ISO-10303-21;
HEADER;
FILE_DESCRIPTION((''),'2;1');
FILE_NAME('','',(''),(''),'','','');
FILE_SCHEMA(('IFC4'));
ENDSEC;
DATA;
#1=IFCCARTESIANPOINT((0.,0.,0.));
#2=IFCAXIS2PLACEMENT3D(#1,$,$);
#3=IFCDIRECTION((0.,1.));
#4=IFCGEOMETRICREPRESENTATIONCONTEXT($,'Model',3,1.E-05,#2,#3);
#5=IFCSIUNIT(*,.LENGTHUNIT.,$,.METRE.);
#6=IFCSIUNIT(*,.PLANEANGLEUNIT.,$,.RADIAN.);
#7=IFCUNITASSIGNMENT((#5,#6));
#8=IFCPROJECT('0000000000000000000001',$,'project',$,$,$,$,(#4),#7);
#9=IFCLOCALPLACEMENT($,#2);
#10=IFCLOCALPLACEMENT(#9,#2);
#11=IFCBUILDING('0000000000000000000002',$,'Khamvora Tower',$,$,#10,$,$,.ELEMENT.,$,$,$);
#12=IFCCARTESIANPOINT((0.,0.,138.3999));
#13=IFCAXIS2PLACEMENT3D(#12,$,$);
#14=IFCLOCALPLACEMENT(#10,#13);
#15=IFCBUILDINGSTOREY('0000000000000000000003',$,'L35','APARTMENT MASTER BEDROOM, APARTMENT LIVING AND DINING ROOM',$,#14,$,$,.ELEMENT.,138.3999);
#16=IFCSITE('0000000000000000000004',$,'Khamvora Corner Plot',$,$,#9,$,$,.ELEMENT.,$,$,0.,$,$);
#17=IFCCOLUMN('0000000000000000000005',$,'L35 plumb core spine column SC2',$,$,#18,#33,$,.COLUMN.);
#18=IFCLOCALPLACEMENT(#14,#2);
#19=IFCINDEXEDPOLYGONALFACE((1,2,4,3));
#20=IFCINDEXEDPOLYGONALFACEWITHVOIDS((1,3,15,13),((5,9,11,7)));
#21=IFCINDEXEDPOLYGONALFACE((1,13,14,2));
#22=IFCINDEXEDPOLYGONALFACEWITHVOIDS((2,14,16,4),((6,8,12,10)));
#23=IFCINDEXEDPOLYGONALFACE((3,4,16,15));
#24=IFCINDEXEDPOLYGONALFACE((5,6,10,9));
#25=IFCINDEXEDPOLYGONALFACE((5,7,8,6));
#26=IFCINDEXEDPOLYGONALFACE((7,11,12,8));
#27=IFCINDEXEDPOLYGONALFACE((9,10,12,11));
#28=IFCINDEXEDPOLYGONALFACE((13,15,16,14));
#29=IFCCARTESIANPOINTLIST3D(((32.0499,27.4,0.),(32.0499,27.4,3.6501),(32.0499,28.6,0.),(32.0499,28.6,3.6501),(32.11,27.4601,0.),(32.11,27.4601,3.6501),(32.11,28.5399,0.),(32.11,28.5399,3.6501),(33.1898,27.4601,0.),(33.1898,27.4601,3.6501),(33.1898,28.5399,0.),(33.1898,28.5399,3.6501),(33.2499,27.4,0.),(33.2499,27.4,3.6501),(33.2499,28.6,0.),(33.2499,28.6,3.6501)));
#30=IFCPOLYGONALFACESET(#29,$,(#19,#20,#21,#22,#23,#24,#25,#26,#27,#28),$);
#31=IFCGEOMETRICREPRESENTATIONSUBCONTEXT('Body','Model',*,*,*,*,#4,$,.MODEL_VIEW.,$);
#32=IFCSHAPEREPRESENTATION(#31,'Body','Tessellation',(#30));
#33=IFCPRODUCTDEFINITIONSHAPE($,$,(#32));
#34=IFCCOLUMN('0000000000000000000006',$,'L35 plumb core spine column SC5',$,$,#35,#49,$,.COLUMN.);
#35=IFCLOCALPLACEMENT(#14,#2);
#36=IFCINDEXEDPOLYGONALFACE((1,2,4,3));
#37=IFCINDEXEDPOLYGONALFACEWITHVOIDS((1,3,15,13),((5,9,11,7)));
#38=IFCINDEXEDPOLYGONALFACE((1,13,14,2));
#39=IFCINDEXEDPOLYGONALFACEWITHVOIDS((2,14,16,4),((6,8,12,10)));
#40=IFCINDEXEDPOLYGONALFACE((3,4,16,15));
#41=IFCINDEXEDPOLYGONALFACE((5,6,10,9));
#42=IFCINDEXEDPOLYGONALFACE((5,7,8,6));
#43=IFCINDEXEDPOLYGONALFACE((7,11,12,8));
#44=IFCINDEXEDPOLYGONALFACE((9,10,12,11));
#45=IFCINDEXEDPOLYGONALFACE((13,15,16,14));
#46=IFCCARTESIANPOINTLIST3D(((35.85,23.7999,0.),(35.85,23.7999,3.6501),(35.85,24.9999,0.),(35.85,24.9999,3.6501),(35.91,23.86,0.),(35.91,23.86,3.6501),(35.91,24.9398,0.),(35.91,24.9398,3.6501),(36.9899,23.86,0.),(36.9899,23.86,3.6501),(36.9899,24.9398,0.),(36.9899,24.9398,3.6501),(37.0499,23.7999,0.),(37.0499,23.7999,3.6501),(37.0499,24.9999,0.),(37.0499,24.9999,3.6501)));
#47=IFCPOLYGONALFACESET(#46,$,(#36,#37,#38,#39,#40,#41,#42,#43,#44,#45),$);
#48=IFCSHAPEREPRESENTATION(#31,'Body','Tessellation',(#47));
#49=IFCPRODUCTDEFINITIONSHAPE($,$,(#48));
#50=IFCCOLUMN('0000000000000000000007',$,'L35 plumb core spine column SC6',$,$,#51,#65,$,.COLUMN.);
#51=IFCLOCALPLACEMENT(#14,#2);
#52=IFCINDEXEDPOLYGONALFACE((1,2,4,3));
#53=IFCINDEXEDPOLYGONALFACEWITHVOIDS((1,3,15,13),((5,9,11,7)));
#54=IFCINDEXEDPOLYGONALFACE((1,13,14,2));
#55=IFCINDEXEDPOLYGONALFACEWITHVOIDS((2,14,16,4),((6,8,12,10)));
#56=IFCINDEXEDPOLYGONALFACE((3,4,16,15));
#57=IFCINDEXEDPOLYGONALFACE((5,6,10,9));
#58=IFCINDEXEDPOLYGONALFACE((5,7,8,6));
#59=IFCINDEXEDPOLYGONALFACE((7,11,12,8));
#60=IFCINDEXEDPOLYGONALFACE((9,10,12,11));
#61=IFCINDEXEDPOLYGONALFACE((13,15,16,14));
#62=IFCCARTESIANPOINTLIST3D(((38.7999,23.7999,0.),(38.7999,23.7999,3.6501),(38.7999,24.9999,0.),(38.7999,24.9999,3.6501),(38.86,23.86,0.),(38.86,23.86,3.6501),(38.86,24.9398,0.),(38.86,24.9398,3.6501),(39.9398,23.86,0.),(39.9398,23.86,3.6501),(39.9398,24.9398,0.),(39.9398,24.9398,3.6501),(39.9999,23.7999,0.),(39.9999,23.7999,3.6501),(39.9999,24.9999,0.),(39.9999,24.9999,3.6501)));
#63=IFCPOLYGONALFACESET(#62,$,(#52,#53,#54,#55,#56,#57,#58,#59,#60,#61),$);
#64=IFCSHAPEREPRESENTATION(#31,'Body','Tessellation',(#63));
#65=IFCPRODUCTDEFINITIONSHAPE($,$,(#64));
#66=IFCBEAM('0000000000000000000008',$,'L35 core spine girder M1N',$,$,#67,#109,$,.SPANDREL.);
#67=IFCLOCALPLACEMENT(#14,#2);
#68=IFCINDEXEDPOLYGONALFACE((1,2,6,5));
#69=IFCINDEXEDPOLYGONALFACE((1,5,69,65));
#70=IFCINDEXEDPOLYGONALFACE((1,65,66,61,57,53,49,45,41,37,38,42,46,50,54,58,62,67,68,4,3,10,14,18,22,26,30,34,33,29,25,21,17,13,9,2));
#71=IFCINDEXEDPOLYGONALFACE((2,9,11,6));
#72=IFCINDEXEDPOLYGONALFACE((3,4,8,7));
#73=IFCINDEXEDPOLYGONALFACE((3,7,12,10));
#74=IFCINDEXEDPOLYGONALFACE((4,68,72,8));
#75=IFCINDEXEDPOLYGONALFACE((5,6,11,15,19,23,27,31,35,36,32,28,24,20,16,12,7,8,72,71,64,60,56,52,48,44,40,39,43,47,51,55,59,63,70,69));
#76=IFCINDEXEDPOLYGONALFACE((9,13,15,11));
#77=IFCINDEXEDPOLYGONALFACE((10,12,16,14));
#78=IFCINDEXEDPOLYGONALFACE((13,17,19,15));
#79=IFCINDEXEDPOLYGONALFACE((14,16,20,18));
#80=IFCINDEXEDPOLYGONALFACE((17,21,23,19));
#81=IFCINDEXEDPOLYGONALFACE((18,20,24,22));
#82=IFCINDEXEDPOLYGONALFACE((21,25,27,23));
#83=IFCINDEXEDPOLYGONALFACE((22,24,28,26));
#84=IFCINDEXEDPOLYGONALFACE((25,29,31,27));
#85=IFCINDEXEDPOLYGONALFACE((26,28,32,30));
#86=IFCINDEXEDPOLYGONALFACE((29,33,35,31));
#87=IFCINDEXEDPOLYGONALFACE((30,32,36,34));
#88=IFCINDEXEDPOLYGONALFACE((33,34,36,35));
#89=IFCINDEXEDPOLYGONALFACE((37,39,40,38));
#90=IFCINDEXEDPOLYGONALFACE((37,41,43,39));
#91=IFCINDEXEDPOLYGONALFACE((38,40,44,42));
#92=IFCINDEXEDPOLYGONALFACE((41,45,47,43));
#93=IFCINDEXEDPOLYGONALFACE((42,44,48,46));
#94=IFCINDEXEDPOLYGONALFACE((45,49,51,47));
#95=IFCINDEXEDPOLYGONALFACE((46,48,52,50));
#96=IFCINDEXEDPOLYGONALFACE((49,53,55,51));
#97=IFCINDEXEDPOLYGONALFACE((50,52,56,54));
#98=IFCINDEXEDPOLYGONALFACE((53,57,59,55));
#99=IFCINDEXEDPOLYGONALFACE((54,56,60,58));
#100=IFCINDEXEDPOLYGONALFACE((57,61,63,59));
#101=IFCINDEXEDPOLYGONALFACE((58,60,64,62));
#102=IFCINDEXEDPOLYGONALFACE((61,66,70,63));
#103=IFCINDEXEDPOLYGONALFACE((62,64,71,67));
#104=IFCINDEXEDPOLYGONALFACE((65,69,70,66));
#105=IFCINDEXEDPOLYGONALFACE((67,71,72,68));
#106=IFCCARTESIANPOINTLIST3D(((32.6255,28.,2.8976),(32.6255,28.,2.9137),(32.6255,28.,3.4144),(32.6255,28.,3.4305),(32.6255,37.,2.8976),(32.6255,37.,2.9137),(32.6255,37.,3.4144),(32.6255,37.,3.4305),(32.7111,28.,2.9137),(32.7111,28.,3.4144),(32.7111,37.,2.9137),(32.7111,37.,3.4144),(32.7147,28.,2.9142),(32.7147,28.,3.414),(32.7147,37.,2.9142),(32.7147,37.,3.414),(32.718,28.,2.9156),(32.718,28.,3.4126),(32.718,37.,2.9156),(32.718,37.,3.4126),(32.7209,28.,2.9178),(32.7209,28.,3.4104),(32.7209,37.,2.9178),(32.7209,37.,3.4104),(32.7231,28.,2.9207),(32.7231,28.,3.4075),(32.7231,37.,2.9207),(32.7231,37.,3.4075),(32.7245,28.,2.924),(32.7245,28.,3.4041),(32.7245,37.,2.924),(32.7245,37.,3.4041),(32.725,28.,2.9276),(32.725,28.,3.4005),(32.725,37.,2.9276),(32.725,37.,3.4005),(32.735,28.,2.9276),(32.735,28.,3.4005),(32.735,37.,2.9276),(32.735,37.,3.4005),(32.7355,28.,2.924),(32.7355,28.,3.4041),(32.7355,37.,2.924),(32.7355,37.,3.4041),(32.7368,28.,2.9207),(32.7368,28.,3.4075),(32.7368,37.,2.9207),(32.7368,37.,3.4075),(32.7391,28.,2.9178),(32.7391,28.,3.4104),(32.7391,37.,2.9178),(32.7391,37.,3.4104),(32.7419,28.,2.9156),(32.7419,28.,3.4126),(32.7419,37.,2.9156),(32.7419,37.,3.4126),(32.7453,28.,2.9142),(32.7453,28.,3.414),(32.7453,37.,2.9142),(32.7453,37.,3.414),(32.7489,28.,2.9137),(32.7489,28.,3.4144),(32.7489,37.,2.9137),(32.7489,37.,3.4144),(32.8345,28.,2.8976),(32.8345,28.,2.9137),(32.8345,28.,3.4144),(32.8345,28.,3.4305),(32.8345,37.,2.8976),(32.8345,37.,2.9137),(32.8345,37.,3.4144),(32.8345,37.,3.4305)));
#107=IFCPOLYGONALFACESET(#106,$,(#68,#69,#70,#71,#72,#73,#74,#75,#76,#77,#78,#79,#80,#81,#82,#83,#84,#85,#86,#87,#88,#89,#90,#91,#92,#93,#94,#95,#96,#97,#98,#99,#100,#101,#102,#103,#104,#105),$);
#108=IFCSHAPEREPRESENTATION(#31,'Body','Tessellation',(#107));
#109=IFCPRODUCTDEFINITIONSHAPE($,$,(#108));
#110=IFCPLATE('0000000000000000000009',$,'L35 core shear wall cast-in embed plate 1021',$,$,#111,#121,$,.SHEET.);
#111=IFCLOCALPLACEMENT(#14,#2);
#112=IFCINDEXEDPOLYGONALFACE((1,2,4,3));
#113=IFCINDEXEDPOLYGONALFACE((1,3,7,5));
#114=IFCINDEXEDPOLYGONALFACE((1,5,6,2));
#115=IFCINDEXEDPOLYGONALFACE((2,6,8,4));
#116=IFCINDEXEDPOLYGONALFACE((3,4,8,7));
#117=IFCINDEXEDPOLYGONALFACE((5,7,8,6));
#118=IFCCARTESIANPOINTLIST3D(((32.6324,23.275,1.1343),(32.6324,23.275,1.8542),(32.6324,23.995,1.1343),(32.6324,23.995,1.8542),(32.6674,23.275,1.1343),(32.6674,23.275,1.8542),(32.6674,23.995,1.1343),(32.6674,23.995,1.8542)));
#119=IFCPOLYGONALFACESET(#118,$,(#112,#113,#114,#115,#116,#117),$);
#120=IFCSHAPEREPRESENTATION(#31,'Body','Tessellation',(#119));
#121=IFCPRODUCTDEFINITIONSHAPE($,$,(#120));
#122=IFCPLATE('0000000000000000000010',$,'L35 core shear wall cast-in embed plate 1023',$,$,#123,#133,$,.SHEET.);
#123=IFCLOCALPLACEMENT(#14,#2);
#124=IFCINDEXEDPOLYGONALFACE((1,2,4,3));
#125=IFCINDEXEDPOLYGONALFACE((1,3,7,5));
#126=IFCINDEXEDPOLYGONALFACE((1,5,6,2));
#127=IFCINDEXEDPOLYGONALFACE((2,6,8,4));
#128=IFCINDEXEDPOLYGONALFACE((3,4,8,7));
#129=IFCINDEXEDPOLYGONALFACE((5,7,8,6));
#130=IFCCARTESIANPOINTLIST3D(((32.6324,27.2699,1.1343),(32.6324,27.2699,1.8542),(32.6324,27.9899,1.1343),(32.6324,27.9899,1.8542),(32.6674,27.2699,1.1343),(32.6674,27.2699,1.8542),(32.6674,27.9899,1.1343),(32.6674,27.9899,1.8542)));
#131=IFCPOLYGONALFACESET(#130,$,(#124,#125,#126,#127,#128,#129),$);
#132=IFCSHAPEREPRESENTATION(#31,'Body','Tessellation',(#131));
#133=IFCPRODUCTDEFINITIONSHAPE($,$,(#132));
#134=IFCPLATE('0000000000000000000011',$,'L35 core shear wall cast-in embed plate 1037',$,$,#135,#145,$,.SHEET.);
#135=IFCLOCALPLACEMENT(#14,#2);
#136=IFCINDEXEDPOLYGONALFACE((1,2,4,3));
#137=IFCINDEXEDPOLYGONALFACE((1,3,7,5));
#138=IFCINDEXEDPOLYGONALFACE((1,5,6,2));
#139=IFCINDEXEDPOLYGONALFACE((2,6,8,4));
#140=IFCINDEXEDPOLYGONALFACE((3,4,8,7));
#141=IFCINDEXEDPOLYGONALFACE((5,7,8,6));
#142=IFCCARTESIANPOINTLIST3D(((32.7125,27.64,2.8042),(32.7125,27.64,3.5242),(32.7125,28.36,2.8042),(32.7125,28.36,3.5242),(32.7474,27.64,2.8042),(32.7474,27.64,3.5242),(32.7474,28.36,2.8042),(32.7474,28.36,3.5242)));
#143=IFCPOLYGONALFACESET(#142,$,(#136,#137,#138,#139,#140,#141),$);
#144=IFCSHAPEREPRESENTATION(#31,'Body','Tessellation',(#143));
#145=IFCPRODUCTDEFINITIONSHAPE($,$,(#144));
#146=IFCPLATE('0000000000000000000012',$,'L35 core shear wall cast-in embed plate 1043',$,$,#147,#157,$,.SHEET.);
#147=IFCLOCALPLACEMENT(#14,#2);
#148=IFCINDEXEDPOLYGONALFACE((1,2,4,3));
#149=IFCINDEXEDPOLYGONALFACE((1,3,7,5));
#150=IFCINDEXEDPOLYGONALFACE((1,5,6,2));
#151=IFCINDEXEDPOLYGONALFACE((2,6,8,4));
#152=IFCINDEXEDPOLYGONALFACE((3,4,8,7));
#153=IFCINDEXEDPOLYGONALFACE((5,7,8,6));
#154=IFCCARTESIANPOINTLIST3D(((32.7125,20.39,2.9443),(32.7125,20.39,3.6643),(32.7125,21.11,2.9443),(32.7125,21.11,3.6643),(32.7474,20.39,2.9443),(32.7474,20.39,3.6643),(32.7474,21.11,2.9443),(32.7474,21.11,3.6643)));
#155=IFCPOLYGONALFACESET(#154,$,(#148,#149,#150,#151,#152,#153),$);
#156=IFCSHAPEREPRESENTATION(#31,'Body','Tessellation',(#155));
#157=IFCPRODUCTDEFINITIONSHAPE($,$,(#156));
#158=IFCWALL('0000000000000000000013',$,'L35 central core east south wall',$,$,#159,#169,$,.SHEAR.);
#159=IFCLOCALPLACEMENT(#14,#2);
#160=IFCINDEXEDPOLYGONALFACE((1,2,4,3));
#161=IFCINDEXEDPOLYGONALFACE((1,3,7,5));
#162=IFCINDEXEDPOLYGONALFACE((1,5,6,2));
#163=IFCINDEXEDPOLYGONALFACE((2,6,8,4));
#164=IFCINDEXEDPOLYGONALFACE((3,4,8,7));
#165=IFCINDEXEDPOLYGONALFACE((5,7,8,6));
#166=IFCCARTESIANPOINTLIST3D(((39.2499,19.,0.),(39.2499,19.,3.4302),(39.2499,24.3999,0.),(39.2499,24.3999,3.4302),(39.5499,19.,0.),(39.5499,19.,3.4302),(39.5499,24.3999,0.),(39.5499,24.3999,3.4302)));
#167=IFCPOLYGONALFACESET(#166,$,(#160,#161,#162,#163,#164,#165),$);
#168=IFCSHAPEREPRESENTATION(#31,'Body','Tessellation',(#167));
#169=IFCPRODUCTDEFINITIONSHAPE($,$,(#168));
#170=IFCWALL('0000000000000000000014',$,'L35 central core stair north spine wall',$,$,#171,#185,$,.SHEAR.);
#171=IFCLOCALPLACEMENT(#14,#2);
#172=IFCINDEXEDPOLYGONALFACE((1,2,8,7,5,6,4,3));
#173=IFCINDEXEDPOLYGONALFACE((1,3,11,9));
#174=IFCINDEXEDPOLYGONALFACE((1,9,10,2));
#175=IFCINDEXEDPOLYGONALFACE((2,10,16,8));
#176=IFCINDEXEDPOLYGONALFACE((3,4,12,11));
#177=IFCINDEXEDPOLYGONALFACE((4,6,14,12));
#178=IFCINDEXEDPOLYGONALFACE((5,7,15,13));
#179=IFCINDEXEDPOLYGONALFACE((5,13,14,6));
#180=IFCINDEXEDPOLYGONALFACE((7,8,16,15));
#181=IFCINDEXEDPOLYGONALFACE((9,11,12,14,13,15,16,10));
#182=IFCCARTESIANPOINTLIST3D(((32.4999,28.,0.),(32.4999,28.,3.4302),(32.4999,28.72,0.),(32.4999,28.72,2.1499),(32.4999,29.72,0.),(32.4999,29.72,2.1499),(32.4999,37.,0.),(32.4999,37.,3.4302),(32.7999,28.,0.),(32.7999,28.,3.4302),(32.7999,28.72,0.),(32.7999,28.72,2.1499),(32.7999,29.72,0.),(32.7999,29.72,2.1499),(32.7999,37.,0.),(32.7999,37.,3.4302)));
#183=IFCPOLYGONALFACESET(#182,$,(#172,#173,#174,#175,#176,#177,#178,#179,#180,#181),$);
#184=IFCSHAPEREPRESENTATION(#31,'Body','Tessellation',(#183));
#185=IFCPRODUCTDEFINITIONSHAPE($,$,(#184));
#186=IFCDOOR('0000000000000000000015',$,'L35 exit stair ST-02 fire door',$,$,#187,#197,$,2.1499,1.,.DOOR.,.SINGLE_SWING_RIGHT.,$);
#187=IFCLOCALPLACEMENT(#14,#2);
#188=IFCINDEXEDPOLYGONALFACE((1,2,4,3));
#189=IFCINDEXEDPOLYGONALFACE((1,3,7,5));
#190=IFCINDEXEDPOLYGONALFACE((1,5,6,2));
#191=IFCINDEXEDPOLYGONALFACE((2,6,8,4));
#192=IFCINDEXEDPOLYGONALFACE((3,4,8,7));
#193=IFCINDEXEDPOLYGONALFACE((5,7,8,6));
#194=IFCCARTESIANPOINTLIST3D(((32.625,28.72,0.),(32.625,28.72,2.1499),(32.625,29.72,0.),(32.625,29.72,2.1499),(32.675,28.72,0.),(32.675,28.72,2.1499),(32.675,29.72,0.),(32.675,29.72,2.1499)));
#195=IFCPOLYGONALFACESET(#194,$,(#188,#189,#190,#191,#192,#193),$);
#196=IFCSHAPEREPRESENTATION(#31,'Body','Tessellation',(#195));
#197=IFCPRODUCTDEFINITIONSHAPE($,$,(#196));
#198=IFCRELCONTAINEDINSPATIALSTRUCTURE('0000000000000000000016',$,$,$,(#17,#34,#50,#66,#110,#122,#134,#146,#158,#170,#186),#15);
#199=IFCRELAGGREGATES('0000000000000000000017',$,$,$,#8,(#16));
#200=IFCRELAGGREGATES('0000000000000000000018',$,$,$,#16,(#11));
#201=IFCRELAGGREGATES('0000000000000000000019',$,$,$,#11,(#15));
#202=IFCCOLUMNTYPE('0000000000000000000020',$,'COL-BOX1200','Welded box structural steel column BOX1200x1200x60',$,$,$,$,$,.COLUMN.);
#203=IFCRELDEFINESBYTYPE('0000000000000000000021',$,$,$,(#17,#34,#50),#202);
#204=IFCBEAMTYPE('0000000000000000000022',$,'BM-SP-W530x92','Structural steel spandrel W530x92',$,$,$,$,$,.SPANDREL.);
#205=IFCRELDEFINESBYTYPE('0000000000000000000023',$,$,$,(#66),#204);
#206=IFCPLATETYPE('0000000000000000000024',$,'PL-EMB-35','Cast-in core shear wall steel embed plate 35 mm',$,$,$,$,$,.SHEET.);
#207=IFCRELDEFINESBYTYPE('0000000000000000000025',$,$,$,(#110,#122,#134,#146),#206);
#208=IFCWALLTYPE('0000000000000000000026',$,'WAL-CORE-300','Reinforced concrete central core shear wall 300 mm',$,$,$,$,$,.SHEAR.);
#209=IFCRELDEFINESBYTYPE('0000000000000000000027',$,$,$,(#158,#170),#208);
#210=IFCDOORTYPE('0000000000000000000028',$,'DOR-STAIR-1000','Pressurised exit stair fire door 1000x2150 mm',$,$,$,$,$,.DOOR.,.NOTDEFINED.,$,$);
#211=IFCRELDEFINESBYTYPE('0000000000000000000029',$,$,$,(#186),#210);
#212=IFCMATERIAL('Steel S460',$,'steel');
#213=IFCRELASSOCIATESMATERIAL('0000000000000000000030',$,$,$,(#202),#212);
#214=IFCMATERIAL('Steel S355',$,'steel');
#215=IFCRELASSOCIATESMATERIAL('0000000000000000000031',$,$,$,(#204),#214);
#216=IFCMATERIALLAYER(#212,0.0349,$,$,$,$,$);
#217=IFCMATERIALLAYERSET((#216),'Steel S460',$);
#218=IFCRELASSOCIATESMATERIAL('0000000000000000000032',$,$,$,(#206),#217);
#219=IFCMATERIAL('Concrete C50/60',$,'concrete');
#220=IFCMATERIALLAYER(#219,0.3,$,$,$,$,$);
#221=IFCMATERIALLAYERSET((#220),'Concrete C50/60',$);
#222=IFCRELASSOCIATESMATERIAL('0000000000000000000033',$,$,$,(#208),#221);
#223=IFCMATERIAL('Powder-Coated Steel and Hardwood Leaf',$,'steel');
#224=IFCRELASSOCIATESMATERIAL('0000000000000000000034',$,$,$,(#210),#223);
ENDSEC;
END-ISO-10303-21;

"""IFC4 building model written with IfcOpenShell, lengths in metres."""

from ifc_helpers import new_model, si_unit, direction, frame, frame_2d, origin, origin_2d, place, context, subcontext, project, spatial, rectangle, hollow_rectangle, i_section, extrude, material, layer, layer_set, material_profile, profile_set, type_object, element, fill, save


model = new_model("IFC4")

# Units and contexts
model_context = context("Model", 3, precision=1e-05, world=origin(), true_north=direction((0.0, 1.0)))
body_context = subcontext(model_context, "Body", "Model", "MODEL_VIEW")
ifc_project = project(units=[si_unit("LENGTHUNIT", "METRE"), si_unit("PLANEANGLEUNIT", "RADIAN")], contexts=[model_context])

# Site, building, storey
site_placement = place(None, origin())
site = spatial("IfcSite", under=ifc_project, at=site_placement, Name="Khamvora Corner Plot", CompositionType="ELEMENT", RefElevation=0.0)
building_placement = place(site_placement, origin())
building = spatial("IfcBuilding", under=site, at=building_placement, Name="Khamvora Tower", CompositionType="ELEMENT")
storey_placement = place(building_placement, frame((0.0, 0.0, 138.3999)))
storey = spatial("IfcBuildingStorey", under=building, at=storey_placement, Name="L35", Description="APARTMENT MASTER BEDROOM, APARTMENT LIVING AND DINING ROOM", CompositionType="ELEMENT", Elevation=138.3999)

# Columns
ifc_material_1 = material(Name="Steel S460", Category="steel")
ifc_material_profile_1 = material_profile(ifc_material_1, hollow_rectangle(XDim=1.2, YDim=1.2, WallThickness=0.0601, at=origin_2d()), Name="BOX1200x1200x60")
ifc_profile_set_1 = profile_set([ifc_material_profile_1], Name="Steel S460")
column_type = type_object("IfcColumnType", Name="COL-BOX1200", Description="Welded box structural steel column BOX1200x1200x60", PredefinedType="COLUMN", material=ifc_profile_set_1)
for number, where, z_axis, x_axis, name in (
    (1, (32.6499, 28.0, 0.0), (0.0, 0.0, 1.0), (1.0, 0.0, 0.0), "L35 plumb core spine column SC2"),
    (2, (36.45, 24.3999, 0.0), (0.0, 0.0, 1.0), (1.0, 0.0, 0.0), "L35 plumb core spine column SC5"),
    (3, (39.3999, 24.3999, 0.0), (0.0, 0.0, 1.0), (1.0, 0.0, 0.0), "L35 plumb core spine column SC6"),
):
    element("IfcColumn", number, at=place(storey_placement, frame(where, z_axis=z_axis, x_axis=x_axis)), inside=storey, type_object=column_type, Name=name, PredefinedType="COLUMN", context=body_context, shape_type="SweptSolid", body=[
        extrude(hollow_rectangle(XDim=1.2, YDim=1.2, WallThickness=0.0601, at=origin_2d()), origin(), (0.0, 0.0, 1.0), 3.6501),
    ])

# Beam
ifc_material_2 = material(Name="Steel S355", Category="steel")
ifc_material_profile_2 = material_profile(ifc_material_2, i_section(OverallWidth=0.209, OverallDepth=0.533, WebThickness=0.01, FlangeThickness=0.0161, FilletRadius=0.0139, at=origin_2d()), Name="W530x92")
ifc_profile_set_2 = profile_set([ifc_material_profile_2], Name="Steel S355")
beam_type = type_object("IfcBeamType", Name="BM-SP-W530x92", Description="Structural steel spandrel W530x92", PredefinedType="SPANDREL", material=ifc_profile_set_2)
beam_placement = place(storey_placement, frame((32.73, 28.0, 3.1641), z_axis=(0.0, 1.0, 0.0), x_axis=(-1.0, 0.0, 0.0)))
element("IfcBeam", 4, at=beam_placement, inside=storey, type_object=beam_type, Name="L35 core spine girder M1N", PredefinedType="SPANDREL", context=body_context, shape_type="SweptSolid", body=[
    extrude(i_section(OverallWidth=0.209, OverallDepth=0.533, WebThickness=0.01, FlangeThickness=0.0161, FilletRadius=0.0139, at=origin_2d()), origin(), (0.0, 0.0, 1.0), 9.0),
])

# Plates
ifc_layer_1 = layer(ifc_material_1, 0.0349)
ifc_layer_set_1 = layer_set([ifc_layer_1], Name="Steel S460")
plate_type = type_object("IfcPlateType", Name="PL-EMB-35", Description="Cast-in core shear wall steel embed plate 35 mm", PredefinedType="SHEET", material=ifc_layer_set_1)
for number, where, z_axis, x_axis, name in (
    (5, (32.6499, 23.635, 1.1343), (0.0, 0.0, 1.0), (1.0, 0.0, 0.0), "L35 core shear wall cast-in embed plate 1021"),
    (6, (32.6499, 27.6299, 1.1343), (0.0, 0.0, 1.0), (1.0, 0.0, 0.0), "L35 core shear wall cast-in embed plate 1023"),
    (7, (32.73, 28.0, 2.8042), (0.0, 0.0, 1.0), (1.0, 0.0, 0.0), "L35 core shear wall cast-in embed plate 1037"),
    (8, (32.73, 20.75, 2.9443), (0.0, 0.0, 1.0), (1.0, 0.0, 0.0), "L35 core shear wall cast-in embed plate 1043"),
):
    element("IfcPlate", number, at=place(storey_placement, frame(where, z_axis=z_axis, x_axis=x_axis)), inside=storey, type_object=plate_type, Name=name, PredefinedType="SHEET", context=body_context, shape_type="SweptSolid", body=[
        extrude(rectangle(XDim=0.0349, YDim=0.72, at=origin_2d()), origin(), (0.0, 0.0, 1.0), 0.72),
    ])

# Wall
ifc_material_3 = material(Name="Concrete C50/60", Category="concrete")
ifc_layer_2 = layer(ifc_material_3, 0.3)
ifc_layer_set_2 = layer_set([ifc_layer_2], Name="Concrete C50/60")
wall_type_1 = type_object("IfcWallType", Name="WAL-CORE-300", Description="Reinforced concrete central core shear wall 300 mm", PredefinedType="SHEAR", material=ifc_layer_set_2)
wall_1_placement = place(storey_placement, frame((39.3999, 19.0, 0.0), z_axis=(0.0, 0.0, 1.0), x_axis=(0.0, 1.0, 0.0)))
element("IfcWall", 9, at=wall_1_placement, inside=storey, type_object=wall_type_1, Name="L35 central core east south wall", PredefinedType="SHEAR", context=body_context, shape_type="SweptSolid", body=[
    extrude(rectangle(XDim=5.3999, YDim=0.3, at=frame_2d((2.7, 0.0))), origin(), (0.0, 0.0, 1.0), 3.4302),
])

# Wall, opening, door
wall_2_placement = place(storey_placement, frame((32.6499, 28.0, 0.0), z_axis=(0.0, 0.0, 1.0), x_axis=(0.0, 1.0, 0.0)))
wall_2 = element("IfcWall", 10, at=wall_2_placement, inside=storey, type_object=wall_type_1, Name="L35 central core stair north spine wall", PredefinedType="SHEAR", context=body_context, shape_type="SweptSolid", body=[
    extrude(rectangle(XDim=9.0, YDim=0.3, at=frame_2d((4.5, 0.0))), origin(), (0.0, 0.0, 1.0), 3.4302),
])
opening_1_placement = place(wall_2_placement, frame((0.72, 0.0, 0.0)))
opening_1 = element("IfcOpeningElement", 11, at=opening_1_placement, cuts=wall_2, PredefinedType="OPENING", context=body_context, shape_type="SweptSolid", body=[
    extrude(rectangle(XDim=1.0, YDim=2.1499, at=frame_2d((0.5, 1.075))), frame((0.0, 0.1599, 0.0), z_axis=(0.0, -1.0, 0.0), x_axis=(1.0, 0.0, 0.0)), (0.0, 0.0, 1.0), 0.3201),
])
ifc_material_4 = material(Name="Powder-Coated Steel and Hardwood Leaf", Category="steel")
door_type_1 = type_object("IfcDoorType", Name="DOR-STAIR-1000", Description="Pressurised exit stair fire door 1000x2150 mm", OperationType="NOTDEFINED", PredefinedType="DOOR", material=ifc_material_4)
door_1_placement = place(opening_1_placement, origin())
door_1 = element("IfcDoor", 12, at=door_1_placement, inside=storey, type_object=door_type_1, Name="L35 exit stair ST-02 fire door", OperationType="SINGLE_SWING_RIGHT", OverallHeight=2.1499, OverallWidth=1.0, PredefinedType="DOOR", context=body_context, shape_type="SweptSolid", body=[
    extrude(rectangle(XDim=1.0, YDim=2.1499, at=frame_2d((0.5, 1.075))), frame((0.0, 0.0249, 0.0), z_axis=(0.0, -1.0, 0.0), x_axis=(1.0, 0.0, 0.0)), (0.0, 0.0, 1.0), 0.05),
])
fill(opening_1, door_1)

save(model, "model.ifc")
